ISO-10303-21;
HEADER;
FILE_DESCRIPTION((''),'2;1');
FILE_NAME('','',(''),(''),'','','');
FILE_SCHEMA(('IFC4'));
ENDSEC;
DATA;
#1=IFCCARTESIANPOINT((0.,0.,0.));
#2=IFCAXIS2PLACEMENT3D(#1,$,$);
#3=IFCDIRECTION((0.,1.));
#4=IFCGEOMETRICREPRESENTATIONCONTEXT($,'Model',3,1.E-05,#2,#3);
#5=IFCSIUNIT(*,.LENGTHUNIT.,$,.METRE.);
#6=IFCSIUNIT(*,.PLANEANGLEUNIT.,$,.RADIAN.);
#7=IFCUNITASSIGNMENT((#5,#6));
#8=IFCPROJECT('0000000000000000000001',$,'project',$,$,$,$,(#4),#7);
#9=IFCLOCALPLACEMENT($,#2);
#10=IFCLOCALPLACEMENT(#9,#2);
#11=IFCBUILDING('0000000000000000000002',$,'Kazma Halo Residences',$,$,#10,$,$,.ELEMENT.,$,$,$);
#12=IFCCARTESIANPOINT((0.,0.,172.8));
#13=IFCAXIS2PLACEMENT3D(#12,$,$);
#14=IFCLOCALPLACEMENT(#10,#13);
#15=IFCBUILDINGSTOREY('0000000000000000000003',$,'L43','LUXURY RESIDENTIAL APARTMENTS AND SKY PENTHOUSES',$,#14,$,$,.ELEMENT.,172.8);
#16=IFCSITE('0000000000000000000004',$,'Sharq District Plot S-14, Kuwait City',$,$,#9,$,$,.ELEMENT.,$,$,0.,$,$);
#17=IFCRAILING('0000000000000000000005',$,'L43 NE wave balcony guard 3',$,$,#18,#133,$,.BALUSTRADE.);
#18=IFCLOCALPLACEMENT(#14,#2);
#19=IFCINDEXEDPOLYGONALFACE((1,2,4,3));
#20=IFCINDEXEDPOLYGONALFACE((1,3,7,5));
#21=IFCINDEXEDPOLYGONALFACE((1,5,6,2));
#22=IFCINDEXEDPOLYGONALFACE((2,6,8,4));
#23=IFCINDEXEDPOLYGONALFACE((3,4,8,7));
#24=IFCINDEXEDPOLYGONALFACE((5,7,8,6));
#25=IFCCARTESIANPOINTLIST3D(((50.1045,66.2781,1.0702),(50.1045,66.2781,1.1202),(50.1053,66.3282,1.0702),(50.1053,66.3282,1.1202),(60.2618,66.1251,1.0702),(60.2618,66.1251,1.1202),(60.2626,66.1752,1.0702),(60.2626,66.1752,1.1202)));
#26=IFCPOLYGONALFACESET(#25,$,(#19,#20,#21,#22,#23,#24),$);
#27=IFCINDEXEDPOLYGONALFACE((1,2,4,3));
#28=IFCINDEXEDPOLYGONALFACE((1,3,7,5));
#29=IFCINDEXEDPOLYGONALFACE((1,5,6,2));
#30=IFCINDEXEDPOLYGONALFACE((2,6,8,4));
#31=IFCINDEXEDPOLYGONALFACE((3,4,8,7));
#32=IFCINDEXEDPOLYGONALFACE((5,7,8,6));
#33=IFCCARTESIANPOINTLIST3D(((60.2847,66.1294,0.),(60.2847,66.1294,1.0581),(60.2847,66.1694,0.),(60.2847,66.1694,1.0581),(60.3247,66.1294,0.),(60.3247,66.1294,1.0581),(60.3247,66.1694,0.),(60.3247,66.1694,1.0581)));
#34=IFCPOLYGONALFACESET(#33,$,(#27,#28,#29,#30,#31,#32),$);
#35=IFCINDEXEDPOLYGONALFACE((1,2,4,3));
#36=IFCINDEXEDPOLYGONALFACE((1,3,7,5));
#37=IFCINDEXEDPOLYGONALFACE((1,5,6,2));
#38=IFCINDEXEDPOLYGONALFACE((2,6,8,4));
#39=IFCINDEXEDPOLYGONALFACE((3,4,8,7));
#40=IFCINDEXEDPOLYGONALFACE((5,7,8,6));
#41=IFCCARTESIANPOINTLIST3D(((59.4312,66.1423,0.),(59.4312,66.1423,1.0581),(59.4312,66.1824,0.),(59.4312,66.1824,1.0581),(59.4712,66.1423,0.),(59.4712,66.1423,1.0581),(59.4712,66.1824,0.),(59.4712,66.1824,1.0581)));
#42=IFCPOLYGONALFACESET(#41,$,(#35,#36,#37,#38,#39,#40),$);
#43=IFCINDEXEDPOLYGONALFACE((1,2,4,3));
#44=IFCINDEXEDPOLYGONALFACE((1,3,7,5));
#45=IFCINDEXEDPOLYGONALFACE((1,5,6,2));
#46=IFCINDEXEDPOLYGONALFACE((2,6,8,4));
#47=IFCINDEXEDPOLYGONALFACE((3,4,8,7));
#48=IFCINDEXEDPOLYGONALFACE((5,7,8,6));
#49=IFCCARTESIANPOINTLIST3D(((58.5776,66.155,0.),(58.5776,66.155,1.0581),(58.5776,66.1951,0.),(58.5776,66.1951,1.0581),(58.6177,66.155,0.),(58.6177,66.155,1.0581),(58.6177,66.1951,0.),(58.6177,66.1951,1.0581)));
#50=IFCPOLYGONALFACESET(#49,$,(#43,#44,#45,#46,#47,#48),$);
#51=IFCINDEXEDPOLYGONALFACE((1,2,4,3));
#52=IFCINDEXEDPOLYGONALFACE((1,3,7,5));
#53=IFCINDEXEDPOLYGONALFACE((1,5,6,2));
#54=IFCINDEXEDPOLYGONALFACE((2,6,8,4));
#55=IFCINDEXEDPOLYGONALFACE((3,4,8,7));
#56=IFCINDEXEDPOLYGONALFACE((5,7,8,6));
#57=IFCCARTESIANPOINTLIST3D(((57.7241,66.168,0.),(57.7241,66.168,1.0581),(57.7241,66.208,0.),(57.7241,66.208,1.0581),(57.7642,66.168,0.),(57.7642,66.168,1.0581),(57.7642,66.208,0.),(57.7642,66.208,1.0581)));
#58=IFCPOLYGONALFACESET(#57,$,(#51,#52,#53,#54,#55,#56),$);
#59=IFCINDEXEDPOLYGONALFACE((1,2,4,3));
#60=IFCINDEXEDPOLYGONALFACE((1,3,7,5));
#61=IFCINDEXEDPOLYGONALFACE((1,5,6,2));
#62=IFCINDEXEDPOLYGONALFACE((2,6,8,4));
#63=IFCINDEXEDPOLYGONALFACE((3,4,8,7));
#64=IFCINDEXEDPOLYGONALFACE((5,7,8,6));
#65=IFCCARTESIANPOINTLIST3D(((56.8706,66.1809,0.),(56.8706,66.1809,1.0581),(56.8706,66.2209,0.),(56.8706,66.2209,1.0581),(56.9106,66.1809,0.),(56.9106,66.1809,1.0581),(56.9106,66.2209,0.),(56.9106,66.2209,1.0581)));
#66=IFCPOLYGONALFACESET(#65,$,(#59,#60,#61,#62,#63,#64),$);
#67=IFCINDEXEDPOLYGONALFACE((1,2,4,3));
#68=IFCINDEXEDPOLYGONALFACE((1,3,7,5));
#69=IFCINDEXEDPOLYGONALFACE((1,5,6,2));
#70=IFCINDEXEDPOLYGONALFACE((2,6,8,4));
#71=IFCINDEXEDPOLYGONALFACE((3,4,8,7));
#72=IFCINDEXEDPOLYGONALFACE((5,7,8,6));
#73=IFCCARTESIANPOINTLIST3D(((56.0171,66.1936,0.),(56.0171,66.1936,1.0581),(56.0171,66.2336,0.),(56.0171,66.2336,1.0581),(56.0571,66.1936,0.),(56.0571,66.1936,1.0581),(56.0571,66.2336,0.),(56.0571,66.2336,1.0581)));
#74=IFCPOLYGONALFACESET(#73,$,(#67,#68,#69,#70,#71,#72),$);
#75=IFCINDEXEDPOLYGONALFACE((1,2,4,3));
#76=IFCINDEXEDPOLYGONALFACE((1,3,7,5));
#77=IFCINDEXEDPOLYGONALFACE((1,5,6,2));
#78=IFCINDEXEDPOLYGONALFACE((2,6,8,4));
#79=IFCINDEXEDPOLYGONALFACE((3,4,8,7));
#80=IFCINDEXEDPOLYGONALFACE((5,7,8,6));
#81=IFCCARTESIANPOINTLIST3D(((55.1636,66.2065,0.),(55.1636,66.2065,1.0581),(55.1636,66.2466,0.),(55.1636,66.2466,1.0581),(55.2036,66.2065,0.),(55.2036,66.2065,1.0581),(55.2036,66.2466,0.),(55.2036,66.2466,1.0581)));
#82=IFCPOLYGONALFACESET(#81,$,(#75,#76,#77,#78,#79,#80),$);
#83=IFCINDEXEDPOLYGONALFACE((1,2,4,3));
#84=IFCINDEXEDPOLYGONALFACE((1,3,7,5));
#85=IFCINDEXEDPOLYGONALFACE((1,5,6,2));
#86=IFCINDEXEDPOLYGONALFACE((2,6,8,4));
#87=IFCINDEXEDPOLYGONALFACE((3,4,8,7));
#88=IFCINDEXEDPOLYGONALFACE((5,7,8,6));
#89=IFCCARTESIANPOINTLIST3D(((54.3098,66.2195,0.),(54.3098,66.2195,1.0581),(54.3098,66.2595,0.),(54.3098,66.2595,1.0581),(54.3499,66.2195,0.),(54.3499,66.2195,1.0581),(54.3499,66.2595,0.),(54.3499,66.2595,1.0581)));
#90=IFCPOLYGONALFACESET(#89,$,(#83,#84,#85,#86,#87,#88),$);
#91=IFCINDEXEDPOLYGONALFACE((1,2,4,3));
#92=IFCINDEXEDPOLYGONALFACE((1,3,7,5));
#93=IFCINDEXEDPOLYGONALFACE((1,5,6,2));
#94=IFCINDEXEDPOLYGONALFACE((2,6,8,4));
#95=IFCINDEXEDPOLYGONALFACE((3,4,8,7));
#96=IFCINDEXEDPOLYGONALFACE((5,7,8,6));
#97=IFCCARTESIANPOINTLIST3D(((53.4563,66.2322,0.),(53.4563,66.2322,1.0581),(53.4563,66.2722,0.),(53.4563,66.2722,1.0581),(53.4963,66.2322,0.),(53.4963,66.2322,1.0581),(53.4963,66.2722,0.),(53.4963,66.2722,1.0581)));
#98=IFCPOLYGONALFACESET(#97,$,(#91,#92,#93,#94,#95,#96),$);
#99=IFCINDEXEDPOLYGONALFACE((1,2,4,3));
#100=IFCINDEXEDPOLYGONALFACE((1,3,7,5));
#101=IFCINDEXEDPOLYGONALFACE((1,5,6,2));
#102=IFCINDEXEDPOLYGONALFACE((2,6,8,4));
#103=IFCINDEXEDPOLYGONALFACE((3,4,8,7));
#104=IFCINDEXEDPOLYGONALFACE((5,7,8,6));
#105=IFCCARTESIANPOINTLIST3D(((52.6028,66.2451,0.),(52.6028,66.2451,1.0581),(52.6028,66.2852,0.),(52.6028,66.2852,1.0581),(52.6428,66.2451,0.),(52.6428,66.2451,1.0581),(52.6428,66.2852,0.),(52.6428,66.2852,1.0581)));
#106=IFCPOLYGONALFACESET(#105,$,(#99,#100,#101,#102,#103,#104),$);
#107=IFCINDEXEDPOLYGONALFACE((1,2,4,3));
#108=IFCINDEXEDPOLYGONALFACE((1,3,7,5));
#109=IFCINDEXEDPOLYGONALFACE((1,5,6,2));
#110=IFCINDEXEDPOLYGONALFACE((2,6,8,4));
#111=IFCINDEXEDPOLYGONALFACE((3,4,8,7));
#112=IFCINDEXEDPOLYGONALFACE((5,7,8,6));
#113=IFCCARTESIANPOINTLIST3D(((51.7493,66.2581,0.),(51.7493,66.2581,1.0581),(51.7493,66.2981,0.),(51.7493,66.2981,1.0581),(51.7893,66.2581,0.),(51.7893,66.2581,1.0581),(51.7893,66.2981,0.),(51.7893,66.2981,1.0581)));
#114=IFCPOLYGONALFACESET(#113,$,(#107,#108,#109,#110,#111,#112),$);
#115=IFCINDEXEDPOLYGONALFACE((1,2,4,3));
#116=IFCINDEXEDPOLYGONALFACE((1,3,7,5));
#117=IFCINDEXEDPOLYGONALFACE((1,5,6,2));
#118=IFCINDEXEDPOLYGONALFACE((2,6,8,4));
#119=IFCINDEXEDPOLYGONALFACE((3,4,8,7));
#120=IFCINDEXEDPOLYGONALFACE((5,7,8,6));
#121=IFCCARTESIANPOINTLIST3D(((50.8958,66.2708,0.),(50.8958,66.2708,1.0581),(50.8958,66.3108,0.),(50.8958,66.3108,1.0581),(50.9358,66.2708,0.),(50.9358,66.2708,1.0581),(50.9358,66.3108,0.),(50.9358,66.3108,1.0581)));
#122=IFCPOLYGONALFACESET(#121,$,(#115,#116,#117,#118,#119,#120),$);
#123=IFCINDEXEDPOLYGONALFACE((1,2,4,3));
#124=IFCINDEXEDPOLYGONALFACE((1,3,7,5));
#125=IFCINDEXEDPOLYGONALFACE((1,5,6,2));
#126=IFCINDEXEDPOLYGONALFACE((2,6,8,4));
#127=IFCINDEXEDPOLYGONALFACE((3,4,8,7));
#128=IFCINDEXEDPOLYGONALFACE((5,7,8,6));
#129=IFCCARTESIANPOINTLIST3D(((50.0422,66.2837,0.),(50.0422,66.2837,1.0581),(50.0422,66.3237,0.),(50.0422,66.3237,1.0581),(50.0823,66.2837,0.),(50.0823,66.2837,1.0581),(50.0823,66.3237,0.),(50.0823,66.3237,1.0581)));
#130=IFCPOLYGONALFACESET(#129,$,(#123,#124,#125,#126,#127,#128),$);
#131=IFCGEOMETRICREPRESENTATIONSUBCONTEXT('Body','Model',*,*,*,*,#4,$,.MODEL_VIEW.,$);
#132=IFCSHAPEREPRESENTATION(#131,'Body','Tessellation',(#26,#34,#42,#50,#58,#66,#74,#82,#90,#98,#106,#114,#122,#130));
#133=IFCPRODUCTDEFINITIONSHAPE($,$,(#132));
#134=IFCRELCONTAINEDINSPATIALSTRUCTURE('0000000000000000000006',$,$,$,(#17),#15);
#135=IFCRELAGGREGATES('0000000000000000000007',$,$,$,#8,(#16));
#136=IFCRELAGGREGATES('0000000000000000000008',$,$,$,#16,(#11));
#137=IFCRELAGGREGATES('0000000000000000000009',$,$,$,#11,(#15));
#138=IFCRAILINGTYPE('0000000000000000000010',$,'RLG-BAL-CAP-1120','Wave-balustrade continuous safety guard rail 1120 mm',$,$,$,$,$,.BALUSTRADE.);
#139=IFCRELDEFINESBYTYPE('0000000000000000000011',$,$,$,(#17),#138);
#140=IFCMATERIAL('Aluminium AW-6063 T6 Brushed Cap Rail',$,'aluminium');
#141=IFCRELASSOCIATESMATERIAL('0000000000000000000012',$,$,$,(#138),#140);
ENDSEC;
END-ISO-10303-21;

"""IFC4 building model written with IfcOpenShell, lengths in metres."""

from ifc_helpers import new_model, si_unit, direction, frame, origin, origin_2d, place, context, subcontext, project, spatial, rectangle, extrude, material, type_object, element, save


model = new_model("IFC4")

# Units and contexts
model_context = context("Model", 3, precision=1e-05, world=origin(), true_north=direction((0.0, 1.0)))
body_context = subcontext(model_context, "Body", "Model", "MODEL_VIEW")
ifc_project = project(units=[si_unit("LENGTHUNIT", "METRE"), si_unit("PLANEANGLEUNIT", "RADIAN")], contexts=[model_context])

# Site, building, storey
site_placement = place(None, origin())
site = spatial("IfcSite", under=ifc_project, at=site_placement, Name="Sharq District Plot S-14, Kuwait City", CompositionType="ELEMENT", RefElevation=0.0)
building_placement = place(site_placement, origin())
building = spatial("IfcBuilding", under=site, at=building_placement, Name="Kazma Halo Residences", CompositionType="ELEMENT")
storey_placement = place(building_placement, frame((0.0, 0.0, 172.8)))
storey = spatial("IfcBuildingStorey", under=building, at=storey_placement, Name="L43", Description="LUXURY RESIDENTIAL APARTMENTS AND SKY PENTHOUSES", CompositionType="ELEMENT", Elevation=172.8)

# Railing
ifc_material_1 = material(Name="Aluminium AW-6063 T6 Brushed Cap Rail", Category="aluminium")
railing_type = type_object("IfcRailingType", Name="RLG-BAL-CAP-1120", Description="Wave-balustrade continuous safety guard rail 1120 mm", PredefinedType="BALUSTRADE", material=ifc_material_1)
railing_1_placement = place(storey_placement, frame((60.3047, 66.1494, 0.0)))
element("IfcRailing", 1, at=railing_1_placement, inside=storey, type_object=railing_type, Name="L43 NE wave balcony guard 3", PredefinedType="BALUSTRADE", context=body_context, shape_type="SweptSolid", body=[
    extrude(rectangle(XDim=0.05, YDim=0.05, at=origin_2d()), frame((-0.0425, 0.0007, 1.0952), z_axis=(-0.999887, 0.015063, 0.0), x_axis=(-0.015063, -0.999887, 0.0)), (0.0, 0.0, 1.0), 10.1584),
    extrude(rectangle(XDim=0.04, YDim=0.04, at=origin_2d()), origin(), (0.0, 0.0, 1.0), 1.0581),
    extrude(rectangle(XDim=0.04, YDim=0.04, at=origin_2d()), frame((-0.8535, 0.0129, 0.0)), (0.0, 0.0, 1.0), 1.0581),
    extrude(rectangle(XDim=0.04, YDim=0.04, at=origin_2d()), frame((-1.707, 0.0256, 0.0)), (0.0, 0.0, 1.0), 1.0581),
    extrude(rectangle(XDim=0.04, YDim=0.04, at=origin_2d()), frame((-2.5605, 0.0386, 0.0)), (0.0, 0.0, 1.0), 1.0581),
    extrude(rectangle(XDim=0.04, YDim=0.04, at=origin_2d()), frame((-3.4141, 0.0515, 0.0)), (0.0, 0.0, 1.0), 1.0581),
    extrude(rectangle(XDim=0.04, YDim=0.04, at=origin_2d()), frame((-4.2676, 0.0642, 0.0)), (0.0, 0.0, 1.0), 1.0581),
    extrude(rectangle(XDim=0.04, YDim=0.04, at=origin_2d()), frame((-5.1211, 0.0771, 0.0)), (0.0, 0.0, 1.0), 1.0581),
    extrude(rectangle(XDim=0.04, YDim=0.04, at=origin_2d()), frame((-5.9749, 0.0901, 0.0)), (0.0, 0.0, 1.0), 1.0581),
    extrude(rectangle(XDim=0.04, YDim=0.04, at=origin_2d()), frame((-6.8284, 0.1028, 0.0)), (0.0, 0.0, 1.0), 1.0581),
    extrude(rectangle(XDim=0.04, YDim=0.04, at=origin_2d()), frame((-7.6819, 0.1157, 0.0)), (0.0, 0.0, 1.0), 1.0581),
    extrude(rectangle(XDim=0.04, YDim=0.04, at=origin_2d()), frame((-8.5354, 0.1287, 0.0)), (0.0, 0.0, 1.0), 1.0581),
    extrude(rectangle(XDim=0.04, YDim=0.04, at=origin_2d()), frame((-9.3889, 0.1414, 0.0)), (0.0, 0.0, 1.0), 1.0581),
    extrude(rectangle(XDim=0.04, YDim=0.04, at=origin_2d()), frame((-10.2424, 0.1543, 0.0)), (0.0, 0.0, 1.0), 1.0581),
])

save(model, "model.ifc")
